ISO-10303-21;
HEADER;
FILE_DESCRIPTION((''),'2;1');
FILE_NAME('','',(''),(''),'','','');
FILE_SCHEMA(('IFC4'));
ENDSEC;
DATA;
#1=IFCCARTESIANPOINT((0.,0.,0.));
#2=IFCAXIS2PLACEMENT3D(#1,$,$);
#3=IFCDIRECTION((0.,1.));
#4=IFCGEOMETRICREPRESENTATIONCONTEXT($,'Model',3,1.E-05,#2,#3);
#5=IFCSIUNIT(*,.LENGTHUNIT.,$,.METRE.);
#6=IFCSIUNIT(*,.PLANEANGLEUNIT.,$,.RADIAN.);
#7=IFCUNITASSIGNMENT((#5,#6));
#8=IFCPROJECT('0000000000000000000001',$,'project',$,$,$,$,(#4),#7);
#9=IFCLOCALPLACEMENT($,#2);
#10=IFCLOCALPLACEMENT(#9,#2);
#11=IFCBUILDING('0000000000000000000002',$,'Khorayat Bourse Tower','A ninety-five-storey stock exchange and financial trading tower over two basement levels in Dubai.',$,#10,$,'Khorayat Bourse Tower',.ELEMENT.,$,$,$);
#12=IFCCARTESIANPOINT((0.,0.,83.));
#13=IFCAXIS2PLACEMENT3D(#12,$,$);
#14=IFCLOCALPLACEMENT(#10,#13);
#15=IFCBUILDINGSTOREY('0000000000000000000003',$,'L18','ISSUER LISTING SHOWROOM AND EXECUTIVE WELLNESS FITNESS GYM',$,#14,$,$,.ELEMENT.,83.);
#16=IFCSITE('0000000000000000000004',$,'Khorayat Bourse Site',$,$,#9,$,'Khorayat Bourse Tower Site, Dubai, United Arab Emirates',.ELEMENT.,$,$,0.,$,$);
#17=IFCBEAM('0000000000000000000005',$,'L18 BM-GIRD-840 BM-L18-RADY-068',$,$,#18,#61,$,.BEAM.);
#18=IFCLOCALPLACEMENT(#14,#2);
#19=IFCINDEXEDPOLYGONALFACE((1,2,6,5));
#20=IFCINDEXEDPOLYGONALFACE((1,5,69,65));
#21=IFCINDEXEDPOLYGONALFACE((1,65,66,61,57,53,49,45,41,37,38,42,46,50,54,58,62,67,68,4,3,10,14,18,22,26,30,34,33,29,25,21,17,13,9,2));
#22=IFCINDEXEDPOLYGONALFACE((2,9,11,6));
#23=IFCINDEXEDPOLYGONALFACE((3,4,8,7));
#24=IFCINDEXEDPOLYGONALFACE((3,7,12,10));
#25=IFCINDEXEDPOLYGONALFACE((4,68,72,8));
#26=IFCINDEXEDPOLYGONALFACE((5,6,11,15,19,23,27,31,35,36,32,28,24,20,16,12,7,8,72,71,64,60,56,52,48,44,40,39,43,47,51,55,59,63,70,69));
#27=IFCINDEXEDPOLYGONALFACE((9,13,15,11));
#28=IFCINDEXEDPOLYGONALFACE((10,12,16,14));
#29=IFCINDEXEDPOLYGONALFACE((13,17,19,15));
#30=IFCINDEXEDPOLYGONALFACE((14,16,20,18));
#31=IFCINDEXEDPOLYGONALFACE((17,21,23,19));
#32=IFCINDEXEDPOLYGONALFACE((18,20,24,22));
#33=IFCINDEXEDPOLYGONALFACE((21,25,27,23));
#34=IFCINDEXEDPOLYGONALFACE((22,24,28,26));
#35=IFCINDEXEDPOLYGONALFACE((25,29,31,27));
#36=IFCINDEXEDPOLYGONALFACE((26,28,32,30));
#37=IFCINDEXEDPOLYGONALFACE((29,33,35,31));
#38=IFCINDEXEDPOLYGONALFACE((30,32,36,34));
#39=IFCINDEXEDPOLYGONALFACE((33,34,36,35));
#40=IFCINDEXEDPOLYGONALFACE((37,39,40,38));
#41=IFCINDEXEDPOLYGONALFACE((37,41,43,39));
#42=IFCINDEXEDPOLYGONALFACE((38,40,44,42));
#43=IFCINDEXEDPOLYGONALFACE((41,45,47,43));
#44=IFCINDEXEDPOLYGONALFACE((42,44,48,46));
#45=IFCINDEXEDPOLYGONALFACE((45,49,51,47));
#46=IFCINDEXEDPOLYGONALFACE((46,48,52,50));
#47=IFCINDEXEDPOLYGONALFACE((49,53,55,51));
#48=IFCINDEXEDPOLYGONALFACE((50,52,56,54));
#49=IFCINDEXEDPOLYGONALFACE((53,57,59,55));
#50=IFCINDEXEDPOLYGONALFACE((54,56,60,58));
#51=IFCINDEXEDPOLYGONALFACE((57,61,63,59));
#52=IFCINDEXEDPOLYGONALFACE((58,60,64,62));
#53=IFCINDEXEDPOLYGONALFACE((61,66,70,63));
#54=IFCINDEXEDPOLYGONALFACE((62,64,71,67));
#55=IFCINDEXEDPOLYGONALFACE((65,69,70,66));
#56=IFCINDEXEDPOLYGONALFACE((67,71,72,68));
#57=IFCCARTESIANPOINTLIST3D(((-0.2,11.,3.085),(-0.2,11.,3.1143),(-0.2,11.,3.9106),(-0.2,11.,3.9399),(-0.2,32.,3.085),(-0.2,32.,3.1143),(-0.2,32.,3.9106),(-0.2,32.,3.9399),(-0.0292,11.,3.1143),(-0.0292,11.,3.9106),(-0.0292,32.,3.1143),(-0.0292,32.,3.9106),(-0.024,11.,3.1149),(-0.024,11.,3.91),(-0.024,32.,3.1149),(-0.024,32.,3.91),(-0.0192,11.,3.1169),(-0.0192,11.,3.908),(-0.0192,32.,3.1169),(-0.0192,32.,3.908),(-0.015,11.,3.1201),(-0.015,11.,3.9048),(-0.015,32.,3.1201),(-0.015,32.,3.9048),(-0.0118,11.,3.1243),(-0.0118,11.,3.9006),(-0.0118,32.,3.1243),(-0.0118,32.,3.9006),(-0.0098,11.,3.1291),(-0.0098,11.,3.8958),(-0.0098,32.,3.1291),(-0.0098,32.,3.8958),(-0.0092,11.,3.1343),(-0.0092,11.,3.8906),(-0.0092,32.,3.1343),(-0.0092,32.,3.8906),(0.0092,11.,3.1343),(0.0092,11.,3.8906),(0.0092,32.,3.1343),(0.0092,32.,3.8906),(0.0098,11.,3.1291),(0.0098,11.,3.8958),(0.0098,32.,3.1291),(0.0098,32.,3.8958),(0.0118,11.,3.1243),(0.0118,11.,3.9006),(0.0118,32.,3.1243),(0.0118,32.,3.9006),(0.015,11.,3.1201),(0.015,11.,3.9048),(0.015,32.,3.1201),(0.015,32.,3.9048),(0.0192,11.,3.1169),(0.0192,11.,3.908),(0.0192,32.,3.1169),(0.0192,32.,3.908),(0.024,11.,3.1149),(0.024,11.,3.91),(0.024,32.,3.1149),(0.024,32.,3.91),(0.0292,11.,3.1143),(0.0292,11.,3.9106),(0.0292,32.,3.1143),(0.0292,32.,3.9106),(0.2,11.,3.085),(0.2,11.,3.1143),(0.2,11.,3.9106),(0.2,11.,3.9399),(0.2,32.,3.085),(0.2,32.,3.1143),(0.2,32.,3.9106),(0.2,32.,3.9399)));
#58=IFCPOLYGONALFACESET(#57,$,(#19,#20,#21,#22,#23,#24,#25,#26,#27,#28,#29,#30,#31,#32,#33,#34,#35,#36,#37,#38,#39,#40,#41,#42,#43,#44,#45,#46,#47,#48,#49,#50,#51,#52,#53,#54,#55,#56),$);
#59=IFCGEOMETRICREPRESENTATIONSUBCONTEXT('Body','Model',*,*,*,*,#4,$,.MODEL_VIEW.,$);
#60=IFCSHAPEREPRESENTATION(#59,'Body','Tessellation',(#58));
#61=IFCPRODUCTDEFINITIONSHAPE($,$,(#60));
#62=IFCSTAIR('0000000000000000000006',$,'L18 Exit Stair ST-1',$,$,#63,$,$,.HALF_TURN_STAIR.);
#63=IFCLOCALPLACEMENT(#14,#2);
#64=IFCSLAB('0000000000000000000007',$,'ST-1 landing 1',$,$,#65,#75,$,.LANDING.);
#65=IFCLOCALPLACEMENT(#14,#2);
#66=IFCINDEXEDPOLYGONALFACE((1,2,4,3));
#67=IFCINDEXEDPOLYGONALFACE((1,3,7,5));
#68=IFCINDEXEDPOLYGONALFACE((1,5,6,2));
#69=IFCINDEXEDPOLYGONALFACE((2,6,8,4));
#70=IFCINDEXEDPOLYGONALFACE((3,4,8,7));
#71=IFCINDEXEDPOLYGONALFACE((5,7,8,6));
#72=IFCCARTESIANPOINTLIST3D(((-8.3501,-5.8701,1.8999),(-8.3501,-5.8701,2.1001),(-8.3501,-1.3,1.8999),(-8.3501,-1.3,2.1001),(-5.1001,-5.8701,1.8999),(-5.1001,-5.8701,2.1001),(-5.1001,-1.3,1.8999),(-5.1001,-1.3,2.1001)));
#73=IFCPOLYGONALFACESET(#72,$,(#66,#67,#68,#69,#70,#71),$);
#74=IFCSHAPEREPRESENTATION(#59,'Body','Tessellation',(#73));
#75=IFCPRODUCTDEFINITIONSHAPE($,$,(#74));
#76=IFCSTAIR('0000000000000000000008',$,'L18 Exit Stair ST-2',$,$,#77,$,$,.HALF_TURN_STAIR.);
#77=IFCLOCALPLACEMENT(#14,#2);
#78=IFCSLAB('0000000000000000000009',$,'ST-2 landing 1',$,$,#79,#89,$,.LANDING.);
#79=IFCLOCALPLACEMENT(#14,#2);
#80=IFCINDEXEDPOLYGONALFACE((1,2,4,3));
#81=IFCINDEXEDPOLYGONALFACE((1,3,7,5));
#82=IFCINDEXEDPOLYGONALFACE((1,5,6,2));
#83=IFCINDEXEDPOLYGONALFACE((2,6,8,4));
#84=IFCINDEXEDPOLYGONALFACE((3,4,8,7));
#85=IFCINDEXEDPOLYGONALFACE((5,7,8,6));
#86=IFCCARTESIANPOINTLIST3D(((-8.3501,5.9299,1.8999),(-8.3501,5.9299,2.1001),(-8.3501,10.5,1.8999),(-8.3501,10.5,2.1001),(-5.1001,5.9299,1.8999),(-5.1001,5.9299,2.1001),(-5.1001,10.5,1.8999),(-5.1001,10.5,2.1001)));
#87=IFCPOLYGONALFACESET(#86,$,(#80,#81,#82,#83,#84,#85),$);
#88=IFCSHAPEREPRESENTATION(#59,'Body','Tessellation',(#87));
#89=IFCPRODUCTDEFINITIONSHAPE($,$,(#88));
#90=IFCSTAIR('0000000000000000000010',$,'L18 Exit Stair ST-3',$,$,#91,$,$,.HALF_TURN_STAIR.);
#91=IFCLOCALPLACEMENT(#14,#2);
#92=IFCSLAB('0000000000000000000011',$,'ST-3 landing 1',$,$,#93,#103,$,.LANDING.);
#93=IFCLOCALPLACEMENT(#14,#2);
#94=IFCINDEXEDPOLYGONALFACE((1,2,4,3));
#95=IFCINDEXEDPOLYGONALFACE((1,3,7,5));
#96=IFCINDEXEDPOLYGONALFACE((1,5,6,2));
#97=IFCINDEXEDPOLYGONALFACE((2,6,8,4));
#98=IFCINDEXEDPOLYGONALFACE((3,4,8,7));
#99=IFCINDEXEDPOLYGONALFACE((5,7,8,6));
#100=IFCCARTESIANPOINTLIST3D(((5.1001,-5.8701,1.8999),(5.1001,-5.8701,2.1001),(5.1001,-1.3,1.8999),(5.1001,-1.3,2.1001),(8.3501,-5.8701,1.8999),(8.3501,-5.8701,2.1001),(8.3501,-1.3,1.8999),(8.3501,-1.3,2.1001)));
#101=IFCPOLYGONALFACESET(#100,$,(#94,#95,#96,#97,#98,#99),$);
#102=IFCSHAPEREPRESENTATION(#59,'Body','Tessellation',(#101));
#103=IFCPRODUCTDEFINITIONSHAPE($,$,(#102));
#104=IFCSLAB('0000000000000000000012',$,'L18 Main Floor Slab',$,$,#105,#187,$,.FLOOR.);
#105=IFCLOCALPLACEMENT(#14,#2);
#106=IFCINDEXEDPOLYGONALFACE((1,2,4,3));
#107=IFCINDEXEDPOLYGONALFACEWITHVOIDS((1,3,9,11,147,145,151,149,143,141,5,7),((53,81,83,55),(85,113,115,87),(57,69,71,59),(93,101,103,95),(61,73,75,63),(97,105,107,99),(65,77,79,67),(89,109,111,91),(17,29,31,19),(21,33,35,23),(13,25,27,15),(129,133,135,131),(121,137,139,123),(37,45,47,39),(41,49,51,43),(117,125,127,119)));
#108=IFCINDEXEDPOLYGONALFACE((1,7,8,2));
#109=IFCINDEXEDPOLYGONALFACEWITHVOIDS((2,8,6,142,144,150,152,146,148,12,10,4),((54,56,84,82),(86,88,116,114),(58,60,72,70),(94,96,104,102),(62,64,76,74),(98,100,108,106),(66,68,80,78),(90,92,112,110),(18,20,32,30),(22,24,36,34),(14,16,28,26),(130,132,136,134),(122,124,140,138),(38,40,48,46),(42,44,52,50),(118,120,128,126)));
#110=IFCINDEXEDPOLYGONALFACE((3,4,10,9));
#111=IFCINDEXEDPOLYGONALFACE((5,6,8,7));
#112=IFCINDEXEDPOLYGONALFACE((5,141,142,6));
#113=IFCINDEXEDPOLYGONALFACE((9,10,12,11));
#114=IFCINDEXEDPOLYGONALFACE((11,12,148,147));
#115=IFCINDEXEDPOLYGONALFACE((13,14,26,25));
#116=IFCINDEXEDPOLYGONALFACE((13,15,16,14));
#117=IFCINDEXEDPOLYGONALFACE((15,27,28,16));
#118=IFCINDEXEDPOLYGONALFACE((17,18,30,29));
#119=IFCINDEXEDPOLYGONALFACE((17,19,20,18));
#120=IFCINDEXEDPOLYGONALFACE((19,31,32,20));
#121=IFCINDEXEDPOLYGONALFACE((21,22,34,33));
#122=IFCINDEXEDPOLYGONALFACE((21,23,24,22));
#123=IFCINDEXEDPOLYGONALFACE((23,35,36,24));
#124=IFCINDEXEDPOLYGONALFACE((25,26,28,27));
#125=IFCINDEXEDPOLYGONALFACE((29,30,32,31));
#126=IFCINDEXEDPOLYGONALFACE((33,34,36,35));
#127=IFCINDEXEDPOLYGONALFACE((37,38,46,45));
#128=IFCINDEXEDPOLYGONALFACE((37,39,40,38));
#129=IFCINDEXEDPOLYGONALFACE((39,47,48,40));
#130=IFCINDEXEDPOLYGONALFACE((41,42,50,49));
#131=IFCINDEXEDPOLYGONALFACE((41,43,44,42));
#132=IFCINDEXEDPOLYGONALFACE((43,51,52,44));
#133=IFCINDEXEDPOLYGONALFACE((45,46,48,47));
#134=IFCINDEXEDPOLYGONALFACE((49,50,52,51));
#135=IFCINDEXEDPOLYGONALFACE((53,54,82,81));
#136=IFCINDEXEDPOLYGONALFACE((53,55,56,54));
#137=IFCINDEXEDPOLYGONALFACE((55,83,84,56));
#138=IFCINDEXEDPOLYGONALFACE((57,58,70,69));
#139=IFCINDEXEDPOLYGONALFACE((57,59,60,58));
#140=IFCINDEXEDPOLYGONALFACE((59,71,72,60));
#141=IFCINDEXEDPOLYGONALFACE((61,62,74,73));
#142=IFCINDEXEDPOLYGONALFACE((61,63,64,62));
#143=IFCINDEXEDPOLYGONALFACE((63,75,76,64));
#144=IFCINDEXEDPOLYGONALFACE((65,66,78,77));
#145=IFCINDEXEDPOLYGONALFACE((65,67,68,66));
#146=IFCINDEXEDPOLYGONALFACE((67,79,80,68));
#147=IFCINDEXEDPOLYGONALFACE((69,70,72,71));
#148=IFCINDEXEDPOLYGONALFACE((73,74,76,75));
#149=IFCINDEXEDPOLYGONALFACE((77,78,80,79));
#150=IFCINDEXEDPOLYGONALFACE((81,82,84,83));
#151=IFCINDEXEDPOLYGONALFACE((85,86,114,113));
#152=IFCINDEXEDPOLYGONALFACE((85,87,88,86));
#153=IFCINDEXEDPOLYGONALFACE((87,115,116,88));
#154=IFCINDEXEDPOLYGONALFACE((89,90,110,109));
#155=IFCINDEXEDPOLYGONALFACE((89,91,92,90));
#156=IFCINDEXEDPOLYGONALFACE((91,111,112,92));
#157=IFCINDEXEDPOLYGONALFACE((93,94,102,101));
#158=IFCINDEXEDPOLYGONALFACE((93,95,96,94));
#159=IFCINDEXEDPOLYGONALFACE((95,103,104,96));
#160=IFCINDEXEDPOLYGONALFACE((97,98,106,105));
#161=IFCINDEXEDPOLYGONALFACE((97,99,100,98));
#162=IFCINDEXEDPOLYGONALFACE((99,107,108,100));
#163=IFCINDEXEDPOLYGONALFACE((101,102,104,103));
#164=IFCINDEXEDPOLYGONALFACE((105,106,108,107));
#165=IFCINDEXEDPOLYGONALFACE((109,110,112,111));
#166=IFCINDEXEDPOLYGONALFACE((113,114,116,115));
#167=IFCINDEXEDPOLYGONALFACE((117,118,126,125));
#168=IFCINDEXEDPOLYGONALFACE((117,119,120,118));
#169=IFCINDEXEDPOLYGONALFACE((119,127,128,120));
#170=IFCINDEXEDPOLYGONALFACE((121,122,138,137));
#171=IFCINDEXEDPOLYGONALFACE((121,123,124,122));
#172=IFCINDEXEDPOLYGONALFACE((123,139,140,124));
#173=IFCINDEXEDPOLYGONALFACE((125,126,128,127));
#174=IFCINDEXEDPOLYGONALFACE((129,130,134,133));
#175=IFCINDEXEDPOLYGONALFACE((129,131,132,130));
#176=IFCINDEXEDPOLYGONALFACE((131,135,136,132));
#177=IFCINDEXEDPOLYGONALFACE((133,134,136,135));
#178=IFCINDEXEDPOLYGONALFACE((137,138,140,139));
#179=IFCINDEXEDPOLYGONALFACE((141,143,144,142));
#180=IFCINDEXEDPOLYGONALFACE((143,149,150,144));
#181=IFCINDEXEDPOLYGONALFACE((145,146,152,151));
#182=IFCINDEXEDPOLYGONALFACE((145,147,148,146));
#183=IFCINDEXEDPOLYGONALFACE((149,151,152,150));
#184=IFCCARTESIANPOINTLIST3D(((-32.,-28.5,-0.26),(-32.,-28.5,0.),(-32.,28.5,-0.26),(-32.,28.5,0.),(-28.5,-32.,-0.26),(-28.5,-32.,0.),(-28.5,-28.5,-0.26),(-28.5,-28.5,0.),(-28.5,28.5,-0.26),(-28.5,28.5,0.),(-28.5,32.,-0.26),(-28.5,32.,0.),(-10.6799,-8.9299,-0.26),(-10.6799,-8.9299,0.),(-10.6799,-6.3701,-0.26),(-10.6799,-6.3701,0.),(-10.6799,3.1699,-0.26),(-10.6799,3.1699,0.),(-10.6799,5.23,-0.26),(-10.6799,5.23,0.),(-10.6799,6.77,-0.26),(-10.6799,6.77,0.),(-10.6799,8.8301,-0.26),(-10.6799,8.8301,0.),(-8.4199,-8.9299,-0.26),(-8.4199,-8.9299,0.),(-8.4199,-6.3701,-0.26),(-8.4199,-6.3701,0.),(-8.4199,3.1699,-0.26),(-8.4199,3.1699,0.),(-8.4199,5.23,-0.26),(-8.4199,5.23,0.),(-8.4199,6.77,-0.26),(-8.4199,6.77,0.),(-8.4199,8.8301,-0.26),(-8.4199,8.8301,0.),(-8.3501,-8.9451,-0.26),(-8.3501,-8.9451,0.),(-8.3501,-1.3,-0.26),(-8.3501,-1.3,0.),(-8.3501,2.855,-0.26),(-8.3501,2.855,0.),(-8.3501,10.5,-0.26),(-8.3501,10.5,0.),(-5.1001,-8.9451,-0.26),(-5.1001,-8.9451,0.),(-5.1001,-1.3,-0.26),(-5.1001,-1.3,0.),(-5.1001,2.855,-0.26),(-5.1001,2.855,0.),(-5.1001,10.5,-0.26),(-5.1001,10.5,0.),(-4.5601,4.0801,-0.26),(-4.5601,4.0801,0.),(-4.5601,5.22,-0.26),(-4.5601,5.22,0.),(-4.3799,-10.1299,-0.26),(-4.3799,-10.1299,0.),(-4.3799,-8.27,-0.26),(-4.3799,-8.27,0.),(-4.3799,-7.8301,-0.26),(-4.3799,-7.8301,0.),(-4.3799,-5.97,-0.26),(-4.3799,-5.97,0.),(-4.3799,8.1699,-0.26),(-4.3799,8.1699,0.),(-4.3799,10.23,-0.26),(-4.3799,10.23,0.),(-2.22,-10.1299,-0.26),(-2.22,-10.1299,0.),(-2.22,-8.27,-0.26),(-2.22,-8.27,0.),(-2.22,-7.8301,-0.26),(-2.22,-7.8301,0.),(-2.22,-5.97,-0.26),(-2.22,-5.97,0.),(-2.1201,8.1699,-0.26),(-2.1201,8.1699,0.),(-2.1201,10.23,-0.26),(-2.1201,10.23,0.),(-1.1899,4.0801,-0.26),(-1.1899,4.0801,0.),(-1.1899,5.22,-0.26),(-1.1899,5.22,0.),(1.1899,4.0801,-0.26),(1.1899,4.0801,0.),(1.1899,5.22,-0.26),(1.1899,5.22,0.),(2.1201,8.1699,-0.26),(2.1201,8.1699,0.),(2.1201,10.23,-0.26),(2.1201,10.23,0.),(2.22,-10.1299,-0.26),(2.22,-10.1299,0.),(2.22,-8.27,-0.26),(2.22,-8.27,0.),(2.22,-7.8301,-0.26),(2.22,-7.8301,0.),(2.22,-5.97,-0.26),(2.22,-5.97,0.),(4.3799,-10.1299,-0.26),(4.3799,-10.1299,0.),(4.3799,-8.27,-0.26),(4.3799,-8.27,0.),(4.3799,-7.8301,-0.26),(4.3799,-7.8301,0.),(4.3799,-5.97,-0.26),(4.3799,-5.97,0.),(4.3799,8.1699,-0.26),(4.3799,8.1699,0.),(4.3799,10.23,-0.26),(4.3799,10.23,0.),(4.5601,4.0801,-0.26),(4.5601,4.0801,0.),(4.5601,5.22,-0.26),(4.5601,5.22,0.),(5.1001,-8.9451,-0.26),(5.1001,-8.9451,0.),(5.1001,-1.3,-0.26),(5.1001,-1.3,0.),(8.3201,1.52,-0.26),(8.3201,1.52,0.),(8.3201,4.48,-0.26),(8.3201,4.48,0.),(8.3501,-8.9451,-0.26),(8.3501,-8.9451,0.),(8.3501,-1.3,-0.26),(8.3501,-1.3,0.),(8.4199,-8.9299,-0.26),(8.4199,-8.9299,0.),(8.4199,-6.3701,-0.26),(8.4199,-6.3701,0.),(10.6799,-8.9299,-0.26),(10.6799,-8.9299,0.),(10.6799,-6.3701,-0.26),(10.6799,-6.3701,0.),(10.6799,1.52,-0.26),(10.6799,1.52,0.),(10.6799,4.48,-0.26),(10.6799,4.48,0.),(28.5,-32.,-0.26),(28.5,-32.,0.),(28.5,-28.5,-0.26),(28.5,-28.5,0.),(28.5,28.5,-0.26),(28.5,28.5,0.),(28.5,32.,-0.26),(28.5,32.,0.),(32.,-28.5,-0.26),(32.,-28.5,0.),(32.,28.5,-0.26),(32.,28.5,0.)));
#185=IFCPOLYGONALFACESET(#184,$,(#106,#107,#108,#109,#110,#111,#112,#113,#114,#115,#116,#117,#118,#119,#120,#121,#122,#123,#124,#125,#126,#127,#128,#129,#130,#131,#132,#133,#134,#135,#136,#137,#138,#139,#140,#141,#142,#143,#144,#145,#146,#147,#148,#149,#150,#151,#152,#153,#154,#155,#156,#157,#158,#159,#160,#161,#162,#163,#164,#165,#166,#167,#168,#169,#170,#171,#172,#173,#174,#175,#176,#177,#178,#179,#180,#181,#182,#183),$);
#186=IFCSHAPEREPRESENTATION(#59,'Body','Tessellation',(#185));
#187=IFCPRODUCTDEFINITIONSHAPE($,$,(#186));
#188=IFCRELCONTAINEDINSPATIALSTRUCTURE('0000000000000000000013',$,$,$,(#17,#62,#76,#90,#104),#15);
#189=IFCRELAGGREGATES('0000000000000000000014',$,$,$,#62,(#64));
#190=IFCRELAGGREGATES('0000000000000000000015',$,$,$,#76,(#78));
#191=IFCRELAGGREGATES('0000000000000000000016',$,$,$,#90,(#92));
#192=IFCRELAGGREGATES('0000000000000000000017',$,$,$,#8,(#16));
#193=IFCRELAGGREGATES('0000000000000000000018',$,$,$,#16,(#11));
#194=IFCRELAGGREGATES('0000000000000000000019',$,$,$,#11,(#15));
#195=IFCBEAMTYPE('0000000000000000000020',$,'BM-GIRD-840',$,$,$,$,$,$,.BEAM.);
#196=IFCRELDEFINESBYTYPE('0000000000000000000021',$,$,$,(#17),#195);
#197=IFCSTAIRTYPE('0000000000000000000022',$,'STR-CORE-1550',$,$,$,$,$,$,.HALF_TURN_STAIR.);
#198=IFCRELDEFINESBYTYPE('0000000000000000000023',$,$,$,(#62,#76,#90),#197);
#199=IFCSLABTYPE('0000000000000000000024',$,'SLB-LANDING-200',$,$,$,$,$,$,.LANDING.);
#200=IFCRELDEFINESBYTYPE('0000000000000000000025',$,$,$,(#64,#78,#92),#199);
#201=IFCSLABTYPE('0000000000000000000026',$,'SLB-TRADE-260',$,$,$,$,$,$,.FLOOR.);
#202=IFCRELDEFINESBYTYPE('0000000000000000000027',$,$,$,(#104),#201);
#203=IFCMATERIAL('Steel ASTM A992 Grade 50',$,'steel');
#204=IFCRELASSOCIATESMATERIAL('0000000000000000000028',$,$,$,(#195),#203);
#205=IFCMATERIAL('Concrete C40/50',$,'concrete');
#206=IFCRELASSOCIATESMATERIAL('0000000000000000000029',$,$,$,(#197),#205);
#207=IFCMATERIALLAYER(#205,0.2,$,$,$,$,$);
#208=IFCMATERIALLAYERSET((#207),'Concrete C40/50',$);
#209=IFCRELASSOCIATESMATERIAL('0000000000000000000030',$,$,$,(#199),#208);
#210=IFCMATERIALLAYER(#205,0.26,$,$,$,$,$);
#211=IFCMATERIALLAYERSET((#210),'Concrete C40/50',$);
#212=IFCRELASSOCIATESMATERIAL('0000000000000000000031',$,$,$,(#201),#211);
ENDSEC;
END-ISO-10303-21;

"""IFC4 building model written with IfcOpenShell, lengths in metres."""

from ifc_helpers import new_model, si_unit, direction, frame, origin, origin_2d, place, context, subcontext, project, spatial, polyline, i_section, outline, extrude, source, transform, mapped, material, layer, layer_set, material_profile, profile_set, type_object, element, aggregate, save


model = new_model("IFC4")

# Units and contexts
model_context = context("Model", 3, precision=1e-05, world=origin(), true_north=direction((0.0, 1.0)))
body_context = subcontext(model_context, "Body", "Model", "MODEL_VIEW")
ifc_project = project(units=[si_unit("LENGTHUNIT", "METRE"), si_unit("PLANEANGLEUNIT", "RADIAN")], contexts=[model_context])

# Site, building, storey
site_placement = place(None, origin())
site = spatial("IfcSite", under=ifc_project, at=site_placement, Name="Khorayat Bourse Site", LongName="Khorayat Bourse Tower Site, Dubai, United Arab Emirates", CompositionType="ELEMENT", RefElevation=0.0)
building_placement = place(site_placement, origin())
building = spatial("IfcBuilding", under=site, at=building_placement, Name="Khorayat Bourse Tower", Description="A ninety-five-storey stock exchange and financial trading tower over two basement levels in Dubai.", LongName="Khorayat Bourse Tower", CompositionType="ELEMENT")
storey_placement = place(building_placement, frame((0.0, 0.0, 83.0)))
storey = spatial("IfcBuildingStorey", under=building, at=storey_placement, Name="L18", Description="ISSUER LISTING SHOWROOM AND EXECUTIVE WELLNESS FITNESS GYM", CompositionType="ELEMENT", Elevation=83.0)

# Beam
ifc_material_1 = material(Name="Steel ASTM A992 Grade 50", Category="steel")
ifc_material_profile_1 = material_profile(ifc_material_1, i_section(OverallWidth=0.3999, OverallDepth=0.855, WebThickness=0.0183, FlangeThickness=0.0293, FilletRadius=0.02, at=origin_2d()), Name="W840X299")
ifc_profile_set_1 = profile_set([ifc_material_profile_1], Name="Steel ASTM A992 Grade 50")
beam_type_1 = type_object("IfcBeamType", Name="BM-GIRD-840", PredefinedType="BEAM", material=ifc_profile_set_1)
shared_shape_1 = source(origin(), body_context, "Body", "SweptSolid", [
    extrude(i_section(OverallWidth=0.3999, OverallDepth=0.855, WebThickness=0.0183, FlangeThickness=0.0293, FilletRadius=0.02, at=origin_2d()), origin(), (0.0, 0.0, 1.0), 21.0),
])
beam_1_placement = place(storey_placement, frame((0.0, 11.0, 3.5125), z_axis=(0.0, 1.0, 0.0), x_axis=(-1.0, 0.0, 0.0)))
element("IfcBeam", 1, at=beam_1_placement, inside=storey, type_object=beam_type_1, Name="L18 BM-GIRD-840 BM-L18-RADY-068", PredefinedType="BEAM", context=body_context, shape_type="MappedRepresentation", body=[
    mapped(shared_shape_1, transform((0.0, 0.0, 0.0), scale=1.0)),
])

# Stairs, slabs
ifc_material_2 = material(Name="Concrete C40/50", Category="concrete")
stair_type = type_object("IfcStairType", Name="STR-CORE-1550", PredefinedType="HALF_TURN_STAIR", material=ifc_material_2)
stair_1_placement = place(storey_placement, origin())
stair_1 = element("IfcStair", 2, at=stair_1_placement, inside=storey, type_object=stair_type, Name="L18 Exit Stair ST-1", PredefinedType="HALF_TURN_STAIR")
ifc_layer_1 = layer(ifc_material_2, 0.2)
ifc_layer_set_1 = layer_set([ifc_layer_1], Name="Concrete C40/50")
slab_type_1 = type_object("IfcSlabType", Name="SLB-LANDING-200", PredefinedType="LANDING", material=ifc_layer_set_1)
slab_1_placement = place(storey_placement, frame((0.0, 0.0, 1.8999)))
slab_1 = element("IfcSlab", 3, at=slab_1_placement, type_object=slab_type_1, Name="ST-1 landing 1", PredefinedType="LANDING", context=body_context, shape_type="SweptSolid", body=[
    extrude(outline(polyline([(-5.1001, -5.8701), (-5.1001, -1.3), (-8.3501, -1.3), (-8.3501, -5.8701), (-5.1001, -5.8701)])), origin(), (0.0, 0.0, 1.0), 0.2002),
])
aggregate(stair_1, [slab_1])
stair_2_placement = place(storey_placement, origin())
stair_2 = element("IfcStair", 4, at=stair_2_placement, inside=storey, type_object=stair_type, Name="L18 Exit Stair ST-2", PredefinedType="HALF_TURN_STAIR")
slab_2_placement = place(storey_placement, frame((0.0, 0.0, 1.8999)))
slab_2 = element("IfcSlab", 5, at=slab_2_placement, type_object=slab_type_1, Name="ST-2 landing 1", PredefinedType="LANDING", context=body_context, shape_type="SweptSolid", body=[
    extrude(outline(polyline([(-5.1001, 5.9299), (-5.1001, 10.5), (-8.3501, 10.5), (-8.3501, 5.9299), (-5.1001, 5.9299)])), origin(), (0.0, 0.0, 1.0), 0.2002),
])
aggregate(stair_2, [slab_2])
stair_3_placement = place(storey_placement, origin())
stair_3 = element("IfcStair", 6, at=stair_3_placement, inside=storey, type_object=stair_type, Name="L18 Exit Stair ST-3", PredefinedType="HALF_TURN_STAIR")
slab_3_placement = place(storey_placement, frame((0.0, 0.0, 1.8999)))
slab_3 = element("IfcSlab", 7, at=slab_3_placement, type_object=slab_type_1, Name="ST-3 landing 1", PredefinedType="LANDING", context=body_context, shape_type="SweptSolid", body=[
    extrude(outline(polyline([(8.3501, -5.8701), (8.3501, -1.3), (5.1001, -1.3), (5.1001, -5.8701), (8.3501, -5.8701)])), origin(), (0.0, 0.0, 1.0), 0.2002),
])
aggregate(stair_3, [slab_3])

# Slab
ifc_layer_2 = layer(ifc_material_2, 0.26)
ifc_layer_set_2 = layer_set([ifc_layer_2], Name="Concrete C40/50")
slab_type_2 = type_object("IfcSlabType", Name="SLB-TRADE-260", PredefinedType="FLOOR", material=ifc_layer_set_2)
slab_4_placement = place(storey_placement, frame((0.0, 0.0, -0.26)))
element("IfcSlab", 8, at=slab_4_placement, inside=storey, type_object=slab_type_2, Name="L18 Main Floor Slab", PredefinedType="FLOOR", context=body_context, shape_type="SweptSolid", body=[
    extrude(outline(polyline([(-28.5, -32.0), (28.5, -32.0), (28.5, -28.5), (32.0, -28.5), (32.0, 28.5), (28.5, 28.5), (28.5, 32.0), (-28.5, 32.0), (-28.5, 28.5), (-32.0, 28.5), (-32.0, -28.5), (-28.5, -28.5), (-28.5, -32.0)]), holes=[polyline([(-8.3501, -8.9451), (-5.1001, -8.9451), (-5.1001, -1.3), (-8.3501, -1.3), (-8.3501, -8.9451)]), polyline([(-8.3501, 2.855), (-5.1001, 2.855), (-5.1001, 10.5), (-8.3501, 10.5), (-8.3501, 2.855)]), polyline([(5.1001, -8.9451), (8.3501, -8.9451), (8.3501, -1.3), (5.1001, -1.3), (5.1001, -8.9451)]), polyline([(-4.3799, -10.1299), (-2.22, -10.1299), (-2.22, -8.27), (-4.3799, -8.27), (-4.3799, -10.1299)]), polyline([(2.22, -10.1299), (4.3799, -10.1299), (4.3799, -8.27), (2.22, -8.27), (2.22, -10.1299)]), polyline([(-4.3799, -7.8301), (-2.22, -7.8301), (-2.22, -5.97), (-4.3799, -5.97), (-4.3799, -7.8301)]), polyline([(2.22, -7.8301), (4.3799, -7.8301), (4.3799, -5.97), (2.22, -5.97), (2.22, -7.8301)]), polyline([(-4.3799, 8.1699), (-2.1201, 8.1699), (-2.1201, 10.23), (-4.3799, 10.23), (-4.3799, 8.1699)]), polyline([(2.1201, 8.1699), (4.3799, 8.1699), (4.3799, 10.23), (2.1201, 10.23), (2.1201, 8.1699)]), polyline([(-10.6799, 3.1699), (-8.4199, 3.1699), (-8.4199, 5.23), (-10.6799, 5.23), (-10.6799, 3.1699)]), polyline([(-10.6799, 6.77), (-8.4199, 6.77), (-8.4199, 8.8301), (-10.6799, 8.8301), (-10.6799, 6.77)]), polyline([(-10.6799, -8.9299), (-8.4199, -8.9299), (-8.4199, -6.3701), (-10.6799, -6.3701), (-10.6799, -8.9299)]), polyline([(8.4199, -8.9299), (10.6799, -8.9299), (10.6799, -6.3701), (8.4199, -6.3701), (8.4199, -8.9299)]), polyline([(8.3201, 1.52), (10.6799, 1.52), (10.6799, 4.48), (8.3201, 4.48), (8.3201, 1.52)]), polyline([(-4.5601, 4.0801), (-1.1899, 4.0801), (-1.1899, 5.22), (-4.5601, 5.22), (-4.5601, 4.0801)]), polyline([(1.1899, 4.0801), (4.5601, 4.0801), (4.5601, 5.22), (1.1899, 5.22), (1.1899, 4.0801)])]), origin(), (0.0, 0.0, 1.0), 0.26),
])

save(model, "model.ifc")
